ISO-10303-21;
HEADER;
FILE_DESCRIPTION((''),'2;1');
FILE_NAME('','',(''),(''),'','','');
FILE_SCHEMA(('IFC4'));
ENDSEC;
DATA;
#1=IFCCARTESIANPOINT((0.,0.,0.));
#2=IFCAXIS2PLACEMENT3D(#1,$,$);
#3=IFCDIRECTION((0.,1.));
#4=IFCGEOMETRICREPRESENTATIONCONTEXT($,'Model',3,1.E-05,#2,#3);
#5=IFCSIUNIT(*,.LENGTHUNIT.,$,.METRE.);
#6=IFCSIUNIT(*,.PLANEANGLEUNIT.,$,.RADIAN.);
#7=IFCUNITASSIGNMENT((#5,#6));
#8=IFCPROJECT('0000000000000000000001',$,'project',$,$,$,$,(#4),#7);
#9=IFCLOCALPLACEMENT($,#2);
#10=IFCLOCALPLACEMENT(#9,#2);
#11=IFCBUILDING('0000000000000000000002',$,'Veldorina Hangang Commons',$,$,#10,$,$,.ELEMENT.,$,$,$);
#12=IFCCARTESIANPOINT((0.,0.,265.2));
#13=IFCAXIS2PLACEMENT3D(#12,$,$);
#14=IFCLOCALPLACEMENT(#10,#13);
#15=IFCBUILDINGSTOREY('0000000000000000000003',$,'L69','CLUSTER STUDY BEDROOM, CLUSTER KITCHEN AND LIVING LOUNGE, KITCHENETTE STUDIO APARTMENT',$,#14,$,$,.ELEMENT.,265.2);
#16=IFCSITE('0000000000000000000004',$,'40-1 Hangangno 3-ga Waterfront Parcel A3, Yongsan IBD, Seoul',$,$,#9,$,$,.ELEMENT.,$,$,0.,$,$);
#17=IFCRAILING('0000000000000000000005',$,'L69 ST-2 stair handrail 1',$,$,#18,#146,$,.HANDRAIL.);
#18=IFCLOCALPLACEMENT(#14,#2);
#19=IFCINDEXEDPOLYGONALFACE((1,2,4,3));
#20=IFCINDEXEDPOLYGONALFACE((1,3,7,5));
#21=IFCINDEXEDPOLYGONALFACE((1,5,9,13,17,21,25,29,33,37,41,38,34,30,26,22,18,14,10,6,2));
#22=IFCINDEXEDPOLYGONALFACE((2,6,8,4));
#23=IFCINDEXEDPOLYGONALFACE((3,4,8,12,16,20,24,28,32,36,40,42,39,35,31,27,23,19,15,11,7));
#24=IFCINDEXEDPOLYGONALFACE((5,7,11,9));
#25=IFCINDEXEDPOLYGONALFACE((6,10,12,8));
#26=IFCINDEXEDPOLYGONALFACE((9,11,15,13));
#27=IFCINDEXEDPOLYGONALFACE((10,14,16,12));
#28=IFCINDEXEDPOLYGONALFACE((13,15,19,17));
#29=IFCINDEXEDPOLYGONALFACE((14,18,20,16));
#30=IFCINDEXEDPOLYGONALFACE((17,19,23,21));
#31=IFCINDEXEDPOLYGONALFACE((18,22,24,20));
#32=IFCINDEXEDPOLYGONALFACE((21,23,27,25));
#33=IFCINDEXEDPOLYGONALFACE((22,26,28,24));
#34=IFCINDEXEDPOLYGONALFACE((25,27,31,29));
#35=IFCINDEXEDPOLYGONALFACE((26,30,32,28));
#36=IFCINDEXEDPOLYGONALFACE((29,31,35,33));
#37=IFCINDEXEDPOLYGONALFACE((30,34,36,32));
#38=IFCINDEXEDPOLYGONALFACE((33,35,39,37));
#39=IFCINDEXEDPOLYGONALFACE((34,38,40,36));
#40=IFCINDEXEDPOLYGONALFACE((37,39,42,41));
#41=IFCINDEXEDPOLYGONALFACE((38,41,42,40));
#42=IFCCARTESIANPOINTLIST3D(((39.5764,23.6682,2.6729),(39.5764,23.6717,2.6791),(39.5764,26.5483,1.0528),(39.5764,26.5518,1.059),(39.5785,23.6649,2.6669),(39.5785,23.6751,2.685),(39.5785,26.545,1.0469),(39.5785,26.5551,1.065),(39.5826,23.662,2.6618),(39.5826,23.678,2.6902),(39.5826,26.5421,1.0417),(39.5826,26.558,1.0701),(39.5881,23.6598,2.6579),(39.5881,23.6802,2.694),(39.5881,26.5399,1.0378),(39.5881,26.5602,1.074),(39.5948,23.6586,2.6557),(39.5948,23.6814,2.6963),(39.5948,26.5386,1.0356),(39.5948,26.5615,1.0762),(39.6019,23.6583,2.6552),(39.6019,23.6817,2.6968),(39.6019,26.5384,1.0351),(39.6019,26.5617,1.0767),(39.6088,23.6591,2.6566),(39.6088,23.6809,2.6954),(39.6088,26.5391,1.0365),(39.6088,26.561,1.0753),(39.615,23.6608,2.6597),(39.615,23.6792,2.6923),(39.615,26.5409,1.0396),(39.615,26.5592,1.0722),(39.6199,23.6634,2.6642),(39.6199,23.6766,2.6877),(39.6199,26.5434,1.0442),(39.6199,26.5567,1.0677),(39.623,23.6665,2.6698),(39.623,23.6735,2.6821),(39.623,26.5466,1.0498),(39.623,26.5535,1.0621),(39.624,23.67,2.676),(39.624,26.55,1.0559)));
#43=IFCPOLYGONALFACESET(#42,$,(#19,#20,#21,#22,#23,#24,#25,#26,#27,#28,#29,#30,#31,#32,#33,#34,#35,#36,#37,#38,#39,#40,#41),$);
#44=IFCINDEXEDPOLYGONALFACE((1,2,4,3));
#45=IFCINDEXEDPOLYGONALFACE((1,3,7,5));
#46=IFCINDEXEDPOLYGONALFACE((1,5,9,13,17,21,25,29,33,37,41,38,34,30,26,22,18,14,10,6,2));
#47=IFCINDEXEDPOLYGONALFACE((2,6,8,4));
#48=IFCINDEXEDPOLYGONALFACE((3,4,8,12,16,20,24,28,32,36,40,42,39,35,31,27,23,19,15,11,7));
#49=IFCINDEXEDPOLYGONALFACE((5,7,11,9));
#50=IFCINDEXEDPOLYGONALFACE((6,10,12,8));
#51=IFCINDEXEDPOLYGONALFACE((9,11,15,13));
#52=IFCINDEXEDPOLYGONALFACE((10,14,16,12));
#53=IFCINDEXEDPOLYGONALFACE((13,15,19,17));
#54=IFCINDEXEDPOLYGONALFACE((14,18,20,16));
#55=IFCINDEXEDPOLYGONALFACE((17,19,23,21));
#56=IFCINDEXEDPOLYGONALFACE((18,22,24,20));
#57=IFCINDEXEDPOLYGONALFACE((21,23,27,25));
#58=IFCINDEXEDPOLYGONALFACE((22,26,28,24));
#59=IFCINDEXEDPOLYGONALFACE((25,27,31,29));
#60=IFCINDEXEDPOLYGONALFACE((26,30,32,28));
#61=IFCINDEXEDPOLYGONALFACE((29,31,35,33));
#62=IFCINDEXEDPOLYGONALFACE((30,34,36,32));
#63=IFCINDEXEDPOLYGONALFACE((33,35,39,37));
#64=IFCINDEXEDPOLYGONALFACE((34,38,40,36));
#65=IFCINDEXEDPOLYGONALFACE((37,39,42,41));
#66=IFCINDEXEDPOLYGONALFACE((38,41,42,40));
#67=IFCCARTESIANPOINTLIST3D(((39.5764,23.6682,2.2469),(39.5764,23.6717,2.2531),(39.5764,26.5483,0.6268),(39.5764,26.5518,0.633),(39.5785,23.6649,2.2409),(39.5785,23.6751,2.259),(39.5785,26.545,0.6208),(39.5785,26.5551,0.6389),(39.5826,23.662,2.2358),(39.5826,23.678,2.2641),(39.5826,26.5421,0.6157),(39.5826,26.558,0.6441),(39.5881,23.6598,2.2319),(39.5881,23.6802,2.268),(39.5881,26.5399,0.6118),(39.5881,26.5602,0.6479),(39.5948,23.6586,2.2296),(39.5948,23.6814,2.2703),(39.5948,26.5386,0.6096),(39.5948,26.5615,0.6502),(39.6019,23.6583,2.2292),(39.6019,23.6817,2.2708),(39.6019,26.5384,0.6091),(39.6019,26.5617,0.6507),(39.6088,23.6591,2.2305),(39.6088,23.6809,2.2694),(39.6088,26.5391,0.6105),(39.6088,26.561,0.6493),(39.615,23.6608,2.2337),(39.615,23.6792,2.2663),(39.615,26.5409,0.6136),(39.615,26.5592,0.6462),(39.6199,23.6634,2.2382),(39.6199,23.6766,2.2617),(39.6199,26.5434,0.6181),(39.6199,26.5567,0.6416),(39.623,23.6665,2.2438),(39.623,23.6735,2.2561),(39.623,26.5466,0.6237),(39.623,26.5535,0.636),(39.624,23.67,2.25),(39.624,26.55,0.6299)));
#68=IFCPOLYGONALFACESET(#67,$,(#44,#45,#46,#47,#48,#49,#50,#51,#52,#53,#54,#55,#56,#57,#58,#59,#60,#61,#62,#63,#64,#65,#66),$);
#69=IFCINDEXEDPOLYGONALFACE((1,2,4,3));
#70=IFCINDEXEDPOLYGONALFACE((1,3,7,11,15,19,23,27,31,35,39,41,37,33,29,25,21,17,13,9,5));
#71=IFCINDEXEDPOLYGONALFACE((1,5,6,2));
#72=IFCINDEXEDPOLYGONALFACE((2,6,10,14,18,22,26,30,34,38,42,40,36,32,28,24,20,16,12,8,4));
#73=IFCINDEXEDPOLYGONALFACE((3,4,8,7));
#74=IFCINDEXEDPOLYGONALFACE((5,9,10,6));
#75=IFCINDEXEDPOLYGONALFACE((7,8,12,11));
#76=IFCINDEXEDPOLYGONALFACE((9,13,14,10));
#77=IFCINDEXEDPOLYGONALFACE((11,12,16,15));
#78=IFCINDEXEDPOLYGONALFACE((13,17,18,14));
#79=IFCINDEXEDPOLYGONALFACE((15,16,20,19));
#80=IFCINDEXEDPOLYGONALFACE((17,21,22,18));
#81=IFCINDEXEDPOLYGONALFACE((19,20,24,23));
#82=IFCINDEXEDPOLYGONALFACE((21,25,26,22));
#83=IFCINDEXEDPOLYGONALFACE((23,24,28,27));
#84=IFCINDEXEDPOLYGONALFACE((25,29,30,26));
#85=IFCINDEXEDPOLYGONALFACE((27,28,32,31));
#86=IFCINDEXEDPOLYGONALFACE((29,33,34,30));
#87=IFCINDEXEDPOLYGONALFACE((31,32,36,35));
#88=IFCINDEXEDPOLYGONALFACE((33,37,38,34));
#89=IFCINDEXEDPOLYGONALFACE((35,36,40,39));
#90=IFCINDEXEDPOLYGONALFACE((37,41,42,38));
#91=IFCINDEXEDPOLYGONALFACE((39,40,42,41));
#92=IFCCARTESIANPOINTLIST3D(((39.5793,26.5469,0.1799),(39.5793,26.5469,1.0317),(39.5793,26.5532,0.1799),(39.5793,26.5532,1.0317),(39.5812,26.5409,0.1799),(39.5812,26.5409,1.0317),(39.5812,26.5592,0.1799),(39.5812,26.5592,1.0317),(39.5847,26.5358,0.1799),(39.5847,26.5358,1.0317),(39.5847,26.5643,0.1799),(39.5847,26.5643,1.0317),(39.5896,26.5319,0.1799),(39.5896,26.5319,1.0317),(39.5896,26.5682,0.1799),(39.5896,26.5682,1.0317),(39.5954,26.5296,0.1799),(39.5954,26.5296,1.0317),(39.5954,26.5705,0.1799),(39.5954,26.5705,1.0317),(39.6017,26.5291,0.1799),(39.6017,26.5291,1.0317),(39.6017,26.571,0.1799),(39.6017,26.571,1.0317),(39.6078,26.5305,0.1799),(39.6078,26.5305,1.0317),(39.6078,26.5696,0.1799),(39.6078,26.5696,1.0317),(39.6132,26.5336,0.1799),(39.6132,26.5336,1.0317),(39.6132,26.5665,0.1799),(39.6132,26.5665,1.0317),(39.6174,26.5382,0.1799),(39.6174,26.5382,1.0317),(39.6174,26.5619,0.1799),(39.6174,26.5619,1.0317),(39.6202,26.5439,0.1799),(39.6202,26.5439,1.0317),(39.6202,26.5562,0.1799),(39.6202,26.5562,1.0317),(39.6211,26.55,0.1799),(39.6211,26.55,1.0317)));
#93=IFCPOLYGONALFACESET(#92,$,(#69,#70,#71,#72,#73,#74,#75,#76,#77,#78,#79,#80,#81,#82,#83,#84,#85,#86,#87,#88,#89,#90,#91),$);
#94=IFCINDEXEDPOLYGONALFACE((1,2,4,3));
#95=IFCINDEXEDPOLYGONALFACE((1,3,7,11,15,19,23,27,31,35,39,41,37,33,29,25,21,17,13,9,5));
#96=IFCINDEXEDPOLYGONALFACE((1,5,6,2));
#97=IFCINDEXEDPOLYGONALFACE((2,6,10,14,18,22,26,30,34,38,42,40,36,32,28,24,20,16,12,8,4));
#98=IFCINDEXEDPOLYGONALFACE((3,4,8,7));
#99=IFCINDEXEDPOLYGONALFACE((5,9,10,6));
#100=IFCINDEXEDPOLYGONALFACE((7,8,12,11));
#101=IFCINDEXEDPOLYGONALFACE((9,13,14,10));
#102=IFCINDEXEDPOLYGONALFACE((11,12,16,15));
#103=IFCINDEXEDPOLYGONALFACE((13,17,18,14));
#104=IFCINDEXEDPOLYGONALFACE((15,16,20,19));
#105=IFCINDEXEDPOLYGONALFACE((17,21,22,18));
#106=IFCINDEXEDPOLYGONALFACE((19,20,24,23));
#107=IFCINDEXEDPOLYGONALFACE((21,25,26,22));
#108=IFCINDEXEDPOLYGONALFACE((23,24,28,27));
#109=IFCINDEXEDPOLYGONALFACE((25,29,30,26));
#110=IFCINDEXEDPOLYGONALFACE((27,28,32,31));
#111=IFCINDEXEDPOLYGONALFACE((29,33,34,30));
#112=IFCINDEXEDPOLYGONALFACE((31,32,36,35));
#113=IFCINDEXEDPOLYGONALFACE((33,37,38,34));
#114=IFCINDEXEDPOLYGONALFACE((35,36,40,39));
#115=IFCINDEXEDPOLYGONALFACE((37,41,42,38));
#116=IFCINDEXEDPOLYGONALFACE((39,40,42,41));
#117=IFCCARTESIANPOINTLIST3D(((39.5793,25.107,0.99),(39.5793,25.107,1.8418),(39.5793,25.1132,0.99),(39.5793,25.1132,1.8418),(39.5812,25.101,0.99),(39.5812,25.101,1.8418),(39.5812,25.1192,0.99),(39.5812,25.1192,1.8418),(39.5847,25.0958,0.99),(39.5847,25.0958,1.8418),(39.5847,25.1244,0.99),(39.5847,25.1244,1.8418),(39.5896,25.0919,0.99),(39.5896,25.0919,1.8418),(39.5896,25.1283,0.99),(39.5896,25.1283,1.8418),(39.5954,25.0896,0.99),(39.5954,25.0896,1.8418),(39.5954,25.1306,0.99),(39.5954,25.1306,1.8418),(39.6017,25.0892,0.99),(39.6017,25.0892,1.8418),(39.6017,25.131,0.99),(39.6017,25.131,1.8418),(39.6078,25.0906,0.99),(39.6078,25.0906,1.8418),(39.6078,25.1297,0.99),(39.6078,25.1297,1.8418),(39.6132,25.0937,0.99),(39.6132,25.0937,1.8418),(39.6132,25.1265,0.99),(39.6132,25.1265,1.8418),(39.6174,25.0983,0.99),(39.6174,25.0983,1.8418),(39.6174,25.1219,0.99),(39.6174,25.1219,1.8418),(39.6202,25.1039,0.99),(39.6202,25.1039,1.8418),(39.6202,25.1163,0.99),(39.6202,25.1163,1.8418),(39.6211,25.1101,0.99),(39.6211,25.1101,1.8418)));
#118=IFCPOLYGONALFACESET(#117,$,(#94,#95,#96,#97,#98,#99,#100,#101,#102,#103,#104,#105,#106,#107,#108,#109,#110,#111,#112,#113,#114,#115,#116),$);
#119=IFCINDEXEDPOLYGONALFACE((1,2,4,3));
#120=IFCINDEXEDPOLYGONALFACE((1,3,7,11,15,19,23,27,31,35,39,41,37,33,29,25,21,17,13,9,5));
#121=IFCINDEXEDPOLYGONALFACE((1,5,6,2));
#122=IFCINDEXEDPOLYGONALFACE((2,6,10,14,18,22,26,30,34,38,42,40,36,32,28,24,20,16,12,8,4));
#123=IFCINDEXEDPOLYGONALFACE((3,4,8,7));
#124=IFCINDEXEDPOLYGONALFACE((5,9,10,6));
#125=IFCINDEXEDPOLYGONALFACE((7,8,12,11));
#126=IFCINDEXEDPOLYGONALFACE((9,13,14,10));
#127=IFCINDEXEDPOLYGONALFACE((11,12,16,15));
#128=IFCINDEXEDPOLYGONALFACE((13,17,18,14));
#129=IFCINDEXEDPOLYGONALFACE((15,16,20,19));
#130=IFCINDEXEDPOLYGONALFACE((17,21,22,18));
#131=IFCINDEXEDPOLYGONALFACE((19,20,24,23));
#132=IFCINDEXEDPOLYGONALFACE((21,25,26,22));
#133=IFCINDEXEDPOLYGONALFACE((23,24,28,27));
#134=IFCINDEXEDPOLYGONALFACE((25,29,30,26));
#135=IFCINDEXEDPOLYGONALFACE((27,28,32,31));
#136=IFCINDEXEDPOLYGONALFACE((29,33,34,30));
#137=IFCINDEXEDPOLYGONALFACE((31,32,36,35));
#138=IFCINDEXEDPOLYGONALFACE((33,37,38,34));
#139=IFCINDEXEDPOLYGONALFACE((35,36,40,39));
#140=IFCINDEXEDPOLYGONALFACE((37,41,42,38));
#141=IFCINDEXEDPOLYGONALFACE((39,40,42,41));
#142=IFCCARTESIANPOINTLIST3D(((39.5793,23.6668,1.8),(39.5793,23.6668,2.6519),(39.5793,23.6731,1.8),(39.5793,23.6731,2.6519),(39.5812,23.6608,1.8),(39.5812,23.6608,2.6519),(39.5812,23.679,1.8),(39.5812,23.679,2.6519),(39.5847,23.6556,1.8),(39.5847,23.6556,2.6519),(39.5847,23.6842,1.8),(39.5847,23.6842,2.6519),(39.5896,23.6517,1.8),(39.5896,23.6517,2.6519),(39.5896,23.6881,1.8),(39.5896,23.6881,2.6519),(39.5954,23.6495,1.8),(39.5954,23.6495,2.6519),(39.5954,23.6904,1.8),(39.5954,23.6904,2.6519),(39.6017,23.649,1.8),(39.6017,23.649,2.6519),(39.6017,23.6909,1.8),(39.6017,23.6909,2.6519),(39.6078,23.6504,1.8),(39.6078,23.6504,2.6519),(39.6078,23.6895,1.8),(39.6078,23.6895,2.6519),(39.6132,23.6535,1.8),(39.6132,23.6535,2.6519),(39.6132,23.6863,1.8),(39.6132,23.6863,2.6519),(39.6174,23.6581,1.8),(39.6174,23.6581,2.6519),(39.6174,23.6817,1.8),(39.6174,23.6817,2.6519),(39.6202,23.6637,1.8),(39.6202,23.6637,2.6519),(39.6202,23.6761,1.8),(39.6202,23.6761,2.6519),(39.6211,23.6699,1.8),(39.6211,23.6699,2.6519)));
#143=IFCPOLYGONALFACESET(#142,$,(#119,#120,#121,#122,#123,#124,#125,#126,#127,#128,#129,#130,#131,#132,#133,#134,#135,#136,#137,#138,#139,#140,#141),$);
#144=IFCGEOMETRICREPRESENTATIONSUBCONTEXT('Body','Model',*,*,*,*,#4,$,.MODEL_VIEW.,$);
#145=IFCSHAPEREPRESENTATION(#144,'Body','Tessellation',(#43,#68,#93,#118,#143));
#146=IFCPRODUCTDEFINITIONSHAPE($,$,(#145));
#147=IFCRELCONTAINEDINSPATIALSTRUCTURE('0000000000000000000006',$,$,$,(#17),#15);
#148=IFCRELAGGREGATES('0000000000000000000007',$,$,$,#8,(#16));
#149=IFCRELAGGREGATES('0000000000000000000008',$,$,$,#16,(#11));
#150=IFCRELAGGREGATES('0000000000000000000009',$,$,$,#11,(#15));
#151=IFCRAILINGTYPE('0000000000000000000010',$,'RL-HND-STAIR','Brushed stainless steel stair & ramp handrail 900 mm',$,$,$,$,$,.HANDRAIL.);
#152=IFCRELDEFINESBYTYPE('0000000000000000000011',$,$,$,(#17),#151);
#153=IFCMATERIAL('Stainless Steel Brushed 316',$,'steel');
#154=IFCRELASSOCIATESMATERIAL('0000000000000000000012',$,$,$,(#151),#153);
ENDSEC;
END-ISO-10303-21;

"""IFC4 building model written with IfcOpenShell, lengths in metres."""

from ifc_helpers import new_model, si_unit, direction, frame, origin, origin_2d, place, context, subcontext, project, spatial, circle, extrude, material, type_object, element, save


model = new_model("IFC4")

# Units and contexts
model_context = context("Model", 3, precision=1e-05, world=origin(), true_north=direction((0.0, 1.0)))
body_context = subcontext(model_context, "Body", "Model", "MODEL_VIEW")
ifc_project = project(units=[si_unit("LENGTHUNIT", "METRE"), si_unit("PLANEANGLEUNIT", "RADIAN")], contexts=[model_context])

# Site, building, storey
site_placement = place(None, origin())
site = spatial("IfcSite", under=ifc_project, at=site_placement, Name="40-1 Hangangno 3-ga Waterfront Parcel A3, Yongsan IBD, Seoul", CompositionType="ELEMENT", RefElevation=0.0)
building_placement = place(site_placement, origin())
building = spatial("IfcBuilding", under=site, at=building_placement, Name="Veldorina Hangang Commons", CompositionType="ELEMENT")
storey_placement = place(building_placement, frame((0.0, 0.0, 265.2)))
storey = spatial("IfcBuildingStorey", under=building, at=storey_placement, Name="L69", Description="CLUSTER STUDY BEDROOM, CLUSTER KITCHEN AND LIVING LOUNGE, KITCHENETTE STUDIO APARTMENT", CompositionType="ELEMENT", Elevation=265.2)

# Railing
ifc_material_1 = material(Name="Stainless Steel Brushed 316", Category="steel")
railing_type_1 = type_object("IfcRailingType", Name="RL-HND-STAIR", Description="Brushed stainless steel stair & ramp handrail 900 mm", PredefinedType="HANDRAIL", material=ifc_material_1)
railing_1_placement = place(storey_placement, frame((39.6001, 26.55, 0.1799)))
element("IfcRailing", 1, at=railing_1_placement, inside=storey, type_object=railing_type_1, Name="L69 ST-2 stair handrail 1", PredefinedType="HANDRAIL", context=body_context, shape_type="SweptSolid", body=[
    extrude(circle(Radius=0.0239, at=origin_2d()), frame((0.0, 0.0, 0.876), z_axis=(0.0, -0.87157, 0.490272), x_axis=(1.0, 0.0, 0.0)), (0.0, 0.0, 1.0), 3.3044),
    extrude(circle(Radius=0.0239, at=origin_2d()), frame((0.0, 0.0, 0.45), z_axis=(0.0, -0.87157, 0.490272), x_axis=(1.0, 0.0, 0.0)), (0.0, 0.0, 1.0), 3.3044),
    extrude(circle(Radius=0.021, at=origin_2d()), origin(), (0.0, 0.0, 1.0), 0.8518),
    extrude(circle(Radius=0.021, at=origin_2d()), frame((0.0, -1.4399, 0.8101)), (0.0, 0.0, 1.0), 0.8518),
    extrude(circle(Radius=0.021, at=origin_2d()), frame((0.0, -2.8801, 1.6201)), (0.0, 0.0, 1.0), 0.8518),
])

save(model, "model.ifc")
